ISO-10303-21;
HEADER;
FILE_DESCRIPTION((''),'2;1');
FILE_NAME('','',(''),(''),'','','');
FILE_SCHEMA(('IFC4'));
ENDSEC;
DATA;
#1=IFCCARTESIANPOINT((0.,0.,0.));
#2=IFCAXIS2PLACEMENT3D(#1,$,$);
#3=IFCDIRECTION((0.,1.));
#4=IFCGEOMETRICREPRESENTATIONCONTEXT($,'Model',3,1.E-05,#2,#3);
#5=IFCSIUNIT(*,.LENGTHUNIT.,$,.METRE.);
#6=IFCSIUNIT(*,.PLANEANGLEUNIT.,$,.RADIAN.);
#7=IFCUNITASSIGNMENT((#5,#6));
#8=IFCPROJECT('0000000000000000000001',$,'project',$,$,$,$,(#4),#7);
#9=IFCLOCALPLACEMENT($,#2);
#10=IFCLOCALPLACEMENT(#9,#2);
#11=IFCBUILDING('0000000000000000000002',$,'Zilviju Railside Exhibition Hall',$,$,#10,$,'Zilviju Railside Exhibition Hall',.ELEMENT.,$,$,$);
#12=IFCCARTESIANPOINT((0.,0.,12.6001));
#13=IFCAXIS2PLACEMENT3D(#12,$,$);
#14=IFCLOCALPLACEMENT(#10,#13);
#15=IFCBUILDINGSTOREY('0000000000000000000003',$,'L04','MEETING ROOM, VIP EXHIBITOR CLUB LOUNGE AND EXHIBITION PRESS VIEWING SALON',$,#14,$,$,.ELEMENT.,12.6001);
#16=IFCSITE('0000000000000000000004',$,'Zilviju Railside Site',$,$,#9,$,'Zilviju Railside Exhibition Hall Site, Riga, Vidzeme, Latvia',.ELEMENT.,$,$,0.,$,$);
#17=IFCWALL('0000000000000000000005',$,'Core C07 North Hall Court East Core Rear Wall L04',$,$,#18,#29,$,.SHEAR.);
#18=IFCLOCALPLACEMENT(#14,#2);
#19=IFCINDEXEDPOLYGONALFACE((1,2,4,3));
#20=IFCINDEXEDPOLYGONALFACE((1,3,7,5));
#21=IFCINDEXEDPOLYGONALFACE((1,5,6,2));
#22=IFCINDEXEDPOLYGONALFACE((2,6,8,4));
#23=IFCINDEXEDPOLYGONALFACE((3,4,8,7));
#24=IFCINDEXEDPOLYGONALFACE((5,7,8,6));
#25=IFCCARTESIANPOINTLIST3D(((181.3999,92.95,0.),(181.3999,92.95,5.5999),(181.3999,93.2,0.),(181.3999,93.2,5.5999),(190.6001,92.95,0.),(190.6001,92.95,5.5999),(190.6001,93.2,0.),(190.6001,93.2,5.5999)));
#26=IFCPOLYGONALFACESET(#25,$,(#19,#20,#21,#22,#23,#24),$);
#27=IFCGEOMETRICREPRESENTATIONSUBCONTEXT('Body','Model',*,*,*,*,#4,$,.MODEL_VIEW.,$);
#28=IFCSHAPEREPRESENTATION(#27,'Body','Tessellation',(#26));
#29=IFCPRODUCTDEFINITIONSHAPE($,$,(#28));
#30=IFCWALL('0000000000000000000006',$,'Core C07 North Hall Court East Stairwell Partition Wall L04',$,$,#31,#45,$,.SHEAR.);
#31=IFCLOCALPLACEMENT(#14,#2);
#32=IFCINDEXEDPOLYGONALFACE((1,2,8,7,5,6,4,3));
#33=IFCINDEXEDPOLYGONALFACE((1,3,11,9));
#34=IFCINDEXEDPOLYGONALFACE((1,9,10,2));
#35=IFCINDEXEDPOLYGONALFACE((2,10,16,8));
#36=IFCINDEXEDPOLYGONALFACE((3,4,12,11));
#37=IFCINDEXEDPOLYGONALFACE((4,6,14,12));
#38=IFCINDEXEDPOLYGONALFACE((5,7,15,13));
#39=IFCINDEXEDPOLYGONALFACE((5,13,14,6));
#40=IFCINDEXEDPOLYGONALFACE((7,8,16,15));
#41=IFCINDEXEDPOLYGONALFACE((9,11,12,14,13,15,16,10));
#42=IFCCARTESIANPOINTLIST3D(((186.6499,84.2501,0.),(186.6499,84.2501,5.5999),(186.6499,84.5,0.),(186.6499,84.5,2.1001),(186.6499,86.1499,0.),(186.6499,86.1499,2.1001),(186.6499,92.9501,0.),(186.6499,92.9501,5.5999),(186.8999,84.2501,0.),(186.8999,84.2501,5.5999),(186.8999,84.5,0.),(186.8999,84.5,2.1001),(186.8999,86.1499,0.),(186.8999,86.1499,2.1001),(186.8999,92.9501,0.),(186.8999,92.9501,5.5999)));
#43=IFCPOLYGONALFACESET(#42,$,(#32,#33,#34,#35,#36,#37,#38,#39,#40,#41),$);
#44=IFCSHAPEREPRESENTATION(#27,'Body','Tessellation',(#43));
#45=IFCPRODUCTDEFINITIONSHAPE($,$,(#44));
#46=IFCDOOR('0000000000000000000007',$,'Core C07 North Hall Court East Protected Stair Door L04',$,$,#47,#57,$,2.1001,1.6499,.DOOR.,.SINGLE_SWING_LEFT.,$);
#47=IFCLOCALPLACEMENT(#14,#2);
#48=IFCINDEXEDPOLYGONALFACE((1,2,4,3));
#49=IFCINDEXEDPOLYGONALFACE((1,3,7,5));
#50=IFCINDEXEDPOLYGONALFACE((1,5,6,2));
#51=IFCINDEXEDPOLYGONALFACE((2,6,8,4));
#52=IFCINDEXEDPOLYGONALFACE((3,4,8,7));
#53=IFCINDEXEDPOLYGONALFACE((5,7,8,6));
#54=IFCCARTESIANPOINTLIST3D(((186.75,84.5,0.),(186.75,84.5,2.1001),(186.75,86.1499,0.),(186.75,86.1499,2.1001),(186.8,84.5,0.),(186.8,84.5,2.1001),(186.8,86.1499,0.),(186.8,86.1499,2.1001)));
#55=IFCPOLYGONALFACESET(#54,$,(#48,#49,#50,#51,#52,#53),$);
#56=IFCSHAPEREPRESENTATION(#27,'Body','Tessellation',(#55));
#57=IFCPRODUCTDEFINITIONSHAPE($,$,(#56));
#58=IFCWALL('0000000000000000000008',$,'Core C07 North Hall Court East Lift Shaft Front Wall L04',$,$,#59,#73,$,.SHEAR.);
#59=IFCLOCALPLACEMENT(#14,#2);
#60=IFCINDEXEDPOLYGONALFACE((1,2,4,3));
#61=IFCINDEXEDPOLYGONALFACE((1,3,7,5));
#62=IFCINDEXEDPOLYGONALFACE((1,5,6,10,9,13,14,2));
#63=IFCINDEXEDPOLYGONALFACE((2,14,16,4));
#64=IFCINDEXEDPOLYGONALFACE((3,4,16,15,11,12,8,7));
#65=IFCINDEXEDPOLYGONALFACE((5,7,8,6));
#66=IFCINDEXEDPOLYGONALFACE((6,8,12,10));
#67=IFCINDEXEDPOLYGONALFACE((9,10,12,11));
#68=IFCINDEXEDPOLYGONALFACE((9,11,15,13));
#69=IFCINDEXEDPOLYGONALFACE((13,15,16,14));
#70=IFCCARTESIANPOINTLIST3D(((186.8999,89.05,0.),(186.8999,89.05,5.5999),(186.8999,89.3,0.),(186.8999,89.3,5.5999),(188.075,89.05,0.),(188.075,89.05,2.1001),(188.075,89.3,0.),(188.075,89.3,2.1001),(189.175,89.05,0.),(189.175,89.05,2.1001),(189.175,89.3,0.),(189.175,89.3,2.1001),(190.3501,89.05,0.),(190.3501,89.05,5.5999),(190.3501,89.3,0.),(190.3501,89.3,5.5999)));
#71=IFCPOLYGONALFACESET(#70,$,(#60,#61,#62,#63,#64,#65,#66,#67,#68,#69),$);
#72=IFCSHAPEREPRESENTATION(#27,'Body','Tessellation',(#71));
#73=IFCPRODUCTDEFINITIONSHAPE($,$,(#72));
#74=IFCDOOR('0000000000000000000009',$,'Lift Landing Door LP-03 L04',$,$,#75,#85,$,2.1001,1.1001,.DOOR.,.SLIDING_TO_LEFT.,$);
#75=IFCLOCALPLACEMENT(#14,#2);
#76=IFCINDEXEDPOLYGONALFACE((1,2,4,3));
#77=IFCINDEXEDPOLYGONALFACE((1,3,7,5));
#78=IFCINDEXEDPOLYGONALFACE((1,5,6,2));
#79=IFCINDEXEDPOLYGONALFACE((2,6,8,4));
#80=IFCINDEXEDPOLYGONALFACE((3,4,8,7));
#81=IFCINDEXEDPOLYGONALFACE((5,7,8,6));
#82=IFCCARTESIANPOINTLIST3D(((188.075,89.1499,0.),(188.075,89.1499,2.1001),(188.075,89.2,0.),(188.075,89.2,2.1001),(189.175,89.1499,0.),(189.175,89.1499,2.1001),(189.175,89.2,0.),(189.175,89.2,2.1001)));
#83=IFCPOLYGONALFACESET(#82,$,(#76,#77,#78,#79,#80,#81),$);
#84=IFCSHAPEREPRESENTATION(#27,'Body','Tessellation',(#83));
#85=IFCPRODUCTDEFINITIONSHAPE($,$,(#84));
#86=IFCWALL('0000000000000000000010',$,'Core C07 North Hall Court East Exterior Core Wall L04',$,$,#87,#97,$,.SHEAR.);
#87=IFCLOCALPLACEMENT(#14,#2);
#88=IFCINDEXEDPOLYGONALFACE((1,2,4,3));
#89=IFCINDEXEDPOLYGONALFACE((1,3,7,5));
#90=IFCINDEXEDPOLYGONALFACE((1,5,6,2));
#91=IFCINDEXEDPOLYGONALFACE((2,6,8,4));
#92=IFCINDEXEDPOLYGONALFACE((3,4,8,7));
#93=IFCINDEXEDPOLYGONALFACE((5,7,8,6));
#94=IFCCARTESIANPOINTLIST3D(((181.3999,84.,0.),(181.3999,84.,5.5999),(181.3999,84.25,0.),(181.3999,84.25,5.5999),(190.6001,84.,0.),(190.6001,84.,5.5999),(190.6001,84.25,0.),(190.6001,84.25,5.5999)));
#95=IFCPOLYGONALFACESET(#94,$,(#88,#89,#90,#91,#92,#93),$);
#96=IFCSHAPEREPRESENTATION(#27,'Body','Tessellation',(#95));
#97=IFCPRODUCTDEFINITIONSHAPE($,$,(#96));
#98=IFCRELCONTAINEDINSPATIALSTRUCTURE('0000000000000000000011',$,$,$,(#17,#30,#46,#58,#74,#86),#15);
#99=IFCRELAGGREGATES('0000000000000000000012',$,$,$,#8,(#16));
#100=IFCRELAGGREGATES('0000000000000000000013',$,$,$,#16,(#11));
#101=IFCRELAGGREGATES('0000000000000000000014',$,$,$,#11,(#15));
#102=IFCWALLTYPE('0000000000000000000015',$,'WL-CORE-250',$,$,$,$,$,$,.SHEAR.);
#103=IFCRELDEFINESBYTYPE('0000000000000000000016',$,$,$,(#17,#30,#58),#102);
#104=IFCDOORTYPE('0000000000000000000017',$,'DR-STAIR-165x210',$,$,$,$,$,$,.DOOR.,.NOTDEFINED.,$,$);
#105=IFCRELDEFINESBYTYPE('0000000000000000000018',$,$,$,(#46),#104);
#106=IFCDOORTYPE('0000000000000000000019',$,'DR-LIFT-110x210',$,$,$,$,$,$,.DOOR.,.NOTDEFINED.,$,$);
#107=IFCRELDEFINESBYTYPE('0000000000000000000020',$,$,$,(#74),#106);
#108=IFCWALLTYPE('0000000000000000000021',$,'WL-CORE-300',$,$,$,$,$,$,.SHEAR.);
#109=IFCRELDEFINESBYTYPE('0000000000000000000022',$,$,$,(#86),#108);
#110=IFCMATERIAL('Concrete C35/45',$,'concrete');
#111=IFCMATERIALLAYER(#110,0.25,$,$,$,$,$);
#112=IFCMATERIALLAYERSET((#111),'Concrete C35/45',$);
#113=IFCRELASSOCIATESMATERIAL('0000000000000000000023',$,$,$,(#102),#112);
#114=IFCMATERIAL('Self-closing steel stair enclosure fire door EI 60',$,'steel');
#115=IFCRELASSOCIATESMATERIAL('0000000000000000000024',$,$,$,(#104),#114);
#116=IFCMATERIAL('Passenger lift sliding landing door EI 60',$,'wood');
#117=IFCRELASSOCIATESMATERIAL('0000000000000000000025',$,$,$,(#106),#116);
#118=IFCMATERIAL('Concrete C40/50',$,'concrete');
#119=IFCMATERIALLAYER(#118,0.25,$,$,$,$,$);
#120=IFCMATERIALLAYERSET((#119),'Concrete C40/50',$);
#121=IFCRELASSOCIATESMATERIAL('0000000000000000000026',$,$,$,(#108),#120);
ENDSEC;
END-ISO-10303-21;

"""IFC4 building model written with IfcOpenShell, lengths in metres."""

from ifc_helpers import new_model, si_unit, direction, frame, frame_2d, origin, place, context, subcontext, project, spatial, rectangle, extrude, material, layer, layer_set, type_object, element, fill, save


model = new_model("IFC4")

# Units and contexts
model_context = context("Model", 3, precision=1e-05, world=origin(), true_north=direction((0.0, 1.0)))
body_context = subcontext(model_context, "Body", "Model", "MODEL_VIEW")
ifc_project = project(units=[si_unit("LENGTHUNIT", "METRE"), si_unit("PLANEANGLEUNIT", "RADIAN")], contexts=[model_context])

# Site, building, storey
site_placement = place(None, origin())
site = spatial("IfcSite", under=ifc_project, at=site_placement, Name="Zilviju Railside Site", LongName="Zilviju Railside Exhibition Hall Site, Riga, Vidzeme, Latvia", CompositionType="ELEMENT", RefElevation=0.0)
building_placement = place(site_placement, origin())
building = spatial("IfcBuilding", under=site, at=building_placement, Name="Zilviju Railside Exhibition Hall", LongName="Zilviju Railside Exhibition Hall", CompositionType="ELEMENT")
storey_placement = place(building_placement, frame((0.0, 0.0, 12.6001)))
storey = spatial("IfcBuildingStorey", under=building, at=storey_placement, Name="L04", Description="MEETING ROOM, VIP EXHIBITOR CLUB LOUNGE AND EXHIBITION PRESS VIEWING SALON", CompositionType="ELEMENT", Elevation=12.6001)

# Wall
ifc_material_1 = material(Name="Concrete C35/45", Category="concrete")
ifc_layer_1 = layer(ifc_material_1, 0.25)
ifc_layer_set_1 = layer_set([ifc_layer_1], Name="Concrete C35/45")
wall_type_1 = type_object("IfcWallType", Name="WL-CORE-250", PredefinedType="SHEAR", material=ifc_layer_set_1)
wall_1_placement = place(storey_placement, frame((181.3999, 93.075, 0.0), z_axis=(0.0, 0.0, 1.0), x_axis=(1.0, 0.0, 0.0)))
element("IfcWall", 1, at=wall_1_placement, inside=storey, type_object=wall_type_1, Name="Core C07 North Hall Court East Core Rear Wall L04", PredefinedType="SHEAR", context=body_context, shape_type="SweptSolid", body=[
    extrude(rectangle(XDim=9.2002, YDim=0.25, at=frame_2d((4.6001, 0.0))), origin(), (0.0, 0.0, 1.0), 5.5999),
])

# Walls, openings, doors
wall_2_placement = place(storey_placement, frame((186.7749, 84.25, 0.0), z_axis=(0.0, 0.0, 1.0), x_axis=(0.0, 1.0, 0.0)))
wall_2 = element("IfcWall", 2, at=wall_2_placement, inside=storey, type_object=wall_type_1, Name="Core C07 North Hall Court East Stairwell Partition Wall L04", PredefinedType="SHEAR", context=body_context, shape_type="SweptSolid", body=[
    extrude(rectangle(XDim=8.7, YDim=0.25, at=frame_2d((4.3501, 0.0))), origin(), (0.0, 0.0, 1.0), 5.5999),
])
opening_1_placement = place(wall_2_placement, frame((0.25, 0.0, 0.0)))
opening_1 = element("IfcOpeningElement", 3, at=opening_1_placement, cuts=wall_2, PredefinedType="OPENING", context=body_context, shape_type="SweptSolid", body=[
    extrude(rectangle(XDim=1.6499, YDim=2.1001, at=frame_2d((0.825, 1.05))), frame((0.0, 0.135, 0.0), z_axis=(0.0, -1.0, 0.0), x_axis=(1.0, 0.0, 0.0)), (0.0, 0.0, 1.0), 0.27),
])
ifc_material_2 = material(Name="Self-closing steel stair enclosure fire door EI 60", Category="steel")
door_type_1 = type_object("IfcDoorType", Name="DR-STAIR-165x210", OperationType="NOTDEFINED", PredefinedType="DOOR", material=ifc_material_2)
door_1_placement = place(opening_1_placement, origin())
door_1 = element("IfcDoor", 4, at=door_1_placement, inside=storey, type_object=door_type_1, Name="Core C07 North Hall Court East Protected Stair Door L04", OperationType="SINGLE_SWING_LEFT", OverallHeight=2.1001, OverallWidth=1.6499, PredefinedType="DOOR", context=body_context, shape_type="SweptSolid", body=[
    extrude(rectangle(XDim=1.6499, YDim=2.1001, at=frame_2d((0.825, 1.05))), frame((0.0, 0.0249, 0.0), z_axis=(0.0, -1.0, 0.0), x_axis=(1.0, 0.0, 0.0)), (0.0, 0.0, 1.0), 0.05),
])
fill(opening_1, door_1)
wall_3_placement = place(storey_placement, frame((186.8999, 89.175, 0.0), z_axis=(0.0, 0.0, 1.0), x_axis=(1.0, 0.0, 0.0)))
wall_3 = element("IfcWall", 5, at=wall_3_placement, inside=storey, type_object=wall_type_1, Name="Core C07 North Hall Court East Lift Shaft Front Wall L04", PredefinedType="SHEAR", context=body_context, shape_type="SweptSolid", body=[
    extrude(rectangle(XDim=3.4502, YDim=0.25, at=frame_2d((1.7251, 0.0))), origin(), (0.0, 0.0, 1.0), 5.5999),
])
opening_2_placement = place(wall_3_placement, frame((1.175, 0.0, 0.0)))
opening_2 = element("IfcOpeningElement", 6, at=opening_2_placement, cuts=wall_3, PredefinedType="OPENING", context=body_context, shape_type="SweptSolid", body=[
    extrude(rectangle(XDim=1.1001, YDim=2.1001, at=frame_2d((0.55, 1.05))), frame((0.0, 0.135, 0.0), z_axis=(0.0, -1.0, 0.0), x_axis=(1.0, 0.0, 0.0)), (0.0, 0.0, 1.0), 0.27),
])
ifc_material_3 = material(Name="Passenger lift sliding landing door EI 60", Category="wood")
door_type_2 = type_object("IfcDoorType", Name="DR-LIFT-110x210", OperationType="NOTDEFINED", PredefinedType="DOOR", material=ifc_material_3)
door_2_placement = place(opening_2_placement, origin())
door_2 = element("IfcDoor", 7, at=door_2_placement, inside=storey, type_object=door_type_2, Name="Lift Landing Door LP-03 L04", OperationType="SLIDING_TO_LEFT", OverallHeight=2.1001, OverallWidth=1.1001, PredefinedType="DOOR", context=body_context, shape_type="SweptSolid", body=[
    extrude(rectangle(XDim=1.1001, YDim=2.1001, at=frame_2d((0.55, 1.05))), frame((0.0, 0.0249, 0.0), z_axis=(0.0, -1.0, 0.0), x_axis=(1.0, 0.0, 0.0)), (0.0, 0.0, 1.0), 0.05),
])
fill(opening_2, door_2)

# Wall
ifc_material_4 = material(Name="Concrete C40/50", Category="concrete")
ifc_layer_2 = layer(ifc_material_4, 0.25)
ifc_layer_set_2 = layer_set([ifc_layer_2], Name="Concrete C40/50")
wall_type_2 = type_object("IfcWallType", Name="WL-CORE-300", PredefinedType="SHEAR", material=ifc_layer_set_2)
wall_4_placement = place(storey_placement, frame((190.6001, 84.125, 0.0), z_axis=(0.0, 0.0, 1.0), x_axis=(-1.0, 0.0, 0.0)))
element("IfcWall", 8, at=wall_4_placement, inside=storey, type_object=wall_type_2, Name="Core C07 North Hall Court East Exterior Core Wall L04", PredefinedType="SHEAR", context=body_context, shape_type="SweptSolid", body=[
    extrude(rectangle(XDim=9.2002, YDim=0.25, at=frame_2d((4.6001, 0.0))), origin(), (0.0, 0.0, 1.0), 5.5999),
])

save(model, "model.ifc")
